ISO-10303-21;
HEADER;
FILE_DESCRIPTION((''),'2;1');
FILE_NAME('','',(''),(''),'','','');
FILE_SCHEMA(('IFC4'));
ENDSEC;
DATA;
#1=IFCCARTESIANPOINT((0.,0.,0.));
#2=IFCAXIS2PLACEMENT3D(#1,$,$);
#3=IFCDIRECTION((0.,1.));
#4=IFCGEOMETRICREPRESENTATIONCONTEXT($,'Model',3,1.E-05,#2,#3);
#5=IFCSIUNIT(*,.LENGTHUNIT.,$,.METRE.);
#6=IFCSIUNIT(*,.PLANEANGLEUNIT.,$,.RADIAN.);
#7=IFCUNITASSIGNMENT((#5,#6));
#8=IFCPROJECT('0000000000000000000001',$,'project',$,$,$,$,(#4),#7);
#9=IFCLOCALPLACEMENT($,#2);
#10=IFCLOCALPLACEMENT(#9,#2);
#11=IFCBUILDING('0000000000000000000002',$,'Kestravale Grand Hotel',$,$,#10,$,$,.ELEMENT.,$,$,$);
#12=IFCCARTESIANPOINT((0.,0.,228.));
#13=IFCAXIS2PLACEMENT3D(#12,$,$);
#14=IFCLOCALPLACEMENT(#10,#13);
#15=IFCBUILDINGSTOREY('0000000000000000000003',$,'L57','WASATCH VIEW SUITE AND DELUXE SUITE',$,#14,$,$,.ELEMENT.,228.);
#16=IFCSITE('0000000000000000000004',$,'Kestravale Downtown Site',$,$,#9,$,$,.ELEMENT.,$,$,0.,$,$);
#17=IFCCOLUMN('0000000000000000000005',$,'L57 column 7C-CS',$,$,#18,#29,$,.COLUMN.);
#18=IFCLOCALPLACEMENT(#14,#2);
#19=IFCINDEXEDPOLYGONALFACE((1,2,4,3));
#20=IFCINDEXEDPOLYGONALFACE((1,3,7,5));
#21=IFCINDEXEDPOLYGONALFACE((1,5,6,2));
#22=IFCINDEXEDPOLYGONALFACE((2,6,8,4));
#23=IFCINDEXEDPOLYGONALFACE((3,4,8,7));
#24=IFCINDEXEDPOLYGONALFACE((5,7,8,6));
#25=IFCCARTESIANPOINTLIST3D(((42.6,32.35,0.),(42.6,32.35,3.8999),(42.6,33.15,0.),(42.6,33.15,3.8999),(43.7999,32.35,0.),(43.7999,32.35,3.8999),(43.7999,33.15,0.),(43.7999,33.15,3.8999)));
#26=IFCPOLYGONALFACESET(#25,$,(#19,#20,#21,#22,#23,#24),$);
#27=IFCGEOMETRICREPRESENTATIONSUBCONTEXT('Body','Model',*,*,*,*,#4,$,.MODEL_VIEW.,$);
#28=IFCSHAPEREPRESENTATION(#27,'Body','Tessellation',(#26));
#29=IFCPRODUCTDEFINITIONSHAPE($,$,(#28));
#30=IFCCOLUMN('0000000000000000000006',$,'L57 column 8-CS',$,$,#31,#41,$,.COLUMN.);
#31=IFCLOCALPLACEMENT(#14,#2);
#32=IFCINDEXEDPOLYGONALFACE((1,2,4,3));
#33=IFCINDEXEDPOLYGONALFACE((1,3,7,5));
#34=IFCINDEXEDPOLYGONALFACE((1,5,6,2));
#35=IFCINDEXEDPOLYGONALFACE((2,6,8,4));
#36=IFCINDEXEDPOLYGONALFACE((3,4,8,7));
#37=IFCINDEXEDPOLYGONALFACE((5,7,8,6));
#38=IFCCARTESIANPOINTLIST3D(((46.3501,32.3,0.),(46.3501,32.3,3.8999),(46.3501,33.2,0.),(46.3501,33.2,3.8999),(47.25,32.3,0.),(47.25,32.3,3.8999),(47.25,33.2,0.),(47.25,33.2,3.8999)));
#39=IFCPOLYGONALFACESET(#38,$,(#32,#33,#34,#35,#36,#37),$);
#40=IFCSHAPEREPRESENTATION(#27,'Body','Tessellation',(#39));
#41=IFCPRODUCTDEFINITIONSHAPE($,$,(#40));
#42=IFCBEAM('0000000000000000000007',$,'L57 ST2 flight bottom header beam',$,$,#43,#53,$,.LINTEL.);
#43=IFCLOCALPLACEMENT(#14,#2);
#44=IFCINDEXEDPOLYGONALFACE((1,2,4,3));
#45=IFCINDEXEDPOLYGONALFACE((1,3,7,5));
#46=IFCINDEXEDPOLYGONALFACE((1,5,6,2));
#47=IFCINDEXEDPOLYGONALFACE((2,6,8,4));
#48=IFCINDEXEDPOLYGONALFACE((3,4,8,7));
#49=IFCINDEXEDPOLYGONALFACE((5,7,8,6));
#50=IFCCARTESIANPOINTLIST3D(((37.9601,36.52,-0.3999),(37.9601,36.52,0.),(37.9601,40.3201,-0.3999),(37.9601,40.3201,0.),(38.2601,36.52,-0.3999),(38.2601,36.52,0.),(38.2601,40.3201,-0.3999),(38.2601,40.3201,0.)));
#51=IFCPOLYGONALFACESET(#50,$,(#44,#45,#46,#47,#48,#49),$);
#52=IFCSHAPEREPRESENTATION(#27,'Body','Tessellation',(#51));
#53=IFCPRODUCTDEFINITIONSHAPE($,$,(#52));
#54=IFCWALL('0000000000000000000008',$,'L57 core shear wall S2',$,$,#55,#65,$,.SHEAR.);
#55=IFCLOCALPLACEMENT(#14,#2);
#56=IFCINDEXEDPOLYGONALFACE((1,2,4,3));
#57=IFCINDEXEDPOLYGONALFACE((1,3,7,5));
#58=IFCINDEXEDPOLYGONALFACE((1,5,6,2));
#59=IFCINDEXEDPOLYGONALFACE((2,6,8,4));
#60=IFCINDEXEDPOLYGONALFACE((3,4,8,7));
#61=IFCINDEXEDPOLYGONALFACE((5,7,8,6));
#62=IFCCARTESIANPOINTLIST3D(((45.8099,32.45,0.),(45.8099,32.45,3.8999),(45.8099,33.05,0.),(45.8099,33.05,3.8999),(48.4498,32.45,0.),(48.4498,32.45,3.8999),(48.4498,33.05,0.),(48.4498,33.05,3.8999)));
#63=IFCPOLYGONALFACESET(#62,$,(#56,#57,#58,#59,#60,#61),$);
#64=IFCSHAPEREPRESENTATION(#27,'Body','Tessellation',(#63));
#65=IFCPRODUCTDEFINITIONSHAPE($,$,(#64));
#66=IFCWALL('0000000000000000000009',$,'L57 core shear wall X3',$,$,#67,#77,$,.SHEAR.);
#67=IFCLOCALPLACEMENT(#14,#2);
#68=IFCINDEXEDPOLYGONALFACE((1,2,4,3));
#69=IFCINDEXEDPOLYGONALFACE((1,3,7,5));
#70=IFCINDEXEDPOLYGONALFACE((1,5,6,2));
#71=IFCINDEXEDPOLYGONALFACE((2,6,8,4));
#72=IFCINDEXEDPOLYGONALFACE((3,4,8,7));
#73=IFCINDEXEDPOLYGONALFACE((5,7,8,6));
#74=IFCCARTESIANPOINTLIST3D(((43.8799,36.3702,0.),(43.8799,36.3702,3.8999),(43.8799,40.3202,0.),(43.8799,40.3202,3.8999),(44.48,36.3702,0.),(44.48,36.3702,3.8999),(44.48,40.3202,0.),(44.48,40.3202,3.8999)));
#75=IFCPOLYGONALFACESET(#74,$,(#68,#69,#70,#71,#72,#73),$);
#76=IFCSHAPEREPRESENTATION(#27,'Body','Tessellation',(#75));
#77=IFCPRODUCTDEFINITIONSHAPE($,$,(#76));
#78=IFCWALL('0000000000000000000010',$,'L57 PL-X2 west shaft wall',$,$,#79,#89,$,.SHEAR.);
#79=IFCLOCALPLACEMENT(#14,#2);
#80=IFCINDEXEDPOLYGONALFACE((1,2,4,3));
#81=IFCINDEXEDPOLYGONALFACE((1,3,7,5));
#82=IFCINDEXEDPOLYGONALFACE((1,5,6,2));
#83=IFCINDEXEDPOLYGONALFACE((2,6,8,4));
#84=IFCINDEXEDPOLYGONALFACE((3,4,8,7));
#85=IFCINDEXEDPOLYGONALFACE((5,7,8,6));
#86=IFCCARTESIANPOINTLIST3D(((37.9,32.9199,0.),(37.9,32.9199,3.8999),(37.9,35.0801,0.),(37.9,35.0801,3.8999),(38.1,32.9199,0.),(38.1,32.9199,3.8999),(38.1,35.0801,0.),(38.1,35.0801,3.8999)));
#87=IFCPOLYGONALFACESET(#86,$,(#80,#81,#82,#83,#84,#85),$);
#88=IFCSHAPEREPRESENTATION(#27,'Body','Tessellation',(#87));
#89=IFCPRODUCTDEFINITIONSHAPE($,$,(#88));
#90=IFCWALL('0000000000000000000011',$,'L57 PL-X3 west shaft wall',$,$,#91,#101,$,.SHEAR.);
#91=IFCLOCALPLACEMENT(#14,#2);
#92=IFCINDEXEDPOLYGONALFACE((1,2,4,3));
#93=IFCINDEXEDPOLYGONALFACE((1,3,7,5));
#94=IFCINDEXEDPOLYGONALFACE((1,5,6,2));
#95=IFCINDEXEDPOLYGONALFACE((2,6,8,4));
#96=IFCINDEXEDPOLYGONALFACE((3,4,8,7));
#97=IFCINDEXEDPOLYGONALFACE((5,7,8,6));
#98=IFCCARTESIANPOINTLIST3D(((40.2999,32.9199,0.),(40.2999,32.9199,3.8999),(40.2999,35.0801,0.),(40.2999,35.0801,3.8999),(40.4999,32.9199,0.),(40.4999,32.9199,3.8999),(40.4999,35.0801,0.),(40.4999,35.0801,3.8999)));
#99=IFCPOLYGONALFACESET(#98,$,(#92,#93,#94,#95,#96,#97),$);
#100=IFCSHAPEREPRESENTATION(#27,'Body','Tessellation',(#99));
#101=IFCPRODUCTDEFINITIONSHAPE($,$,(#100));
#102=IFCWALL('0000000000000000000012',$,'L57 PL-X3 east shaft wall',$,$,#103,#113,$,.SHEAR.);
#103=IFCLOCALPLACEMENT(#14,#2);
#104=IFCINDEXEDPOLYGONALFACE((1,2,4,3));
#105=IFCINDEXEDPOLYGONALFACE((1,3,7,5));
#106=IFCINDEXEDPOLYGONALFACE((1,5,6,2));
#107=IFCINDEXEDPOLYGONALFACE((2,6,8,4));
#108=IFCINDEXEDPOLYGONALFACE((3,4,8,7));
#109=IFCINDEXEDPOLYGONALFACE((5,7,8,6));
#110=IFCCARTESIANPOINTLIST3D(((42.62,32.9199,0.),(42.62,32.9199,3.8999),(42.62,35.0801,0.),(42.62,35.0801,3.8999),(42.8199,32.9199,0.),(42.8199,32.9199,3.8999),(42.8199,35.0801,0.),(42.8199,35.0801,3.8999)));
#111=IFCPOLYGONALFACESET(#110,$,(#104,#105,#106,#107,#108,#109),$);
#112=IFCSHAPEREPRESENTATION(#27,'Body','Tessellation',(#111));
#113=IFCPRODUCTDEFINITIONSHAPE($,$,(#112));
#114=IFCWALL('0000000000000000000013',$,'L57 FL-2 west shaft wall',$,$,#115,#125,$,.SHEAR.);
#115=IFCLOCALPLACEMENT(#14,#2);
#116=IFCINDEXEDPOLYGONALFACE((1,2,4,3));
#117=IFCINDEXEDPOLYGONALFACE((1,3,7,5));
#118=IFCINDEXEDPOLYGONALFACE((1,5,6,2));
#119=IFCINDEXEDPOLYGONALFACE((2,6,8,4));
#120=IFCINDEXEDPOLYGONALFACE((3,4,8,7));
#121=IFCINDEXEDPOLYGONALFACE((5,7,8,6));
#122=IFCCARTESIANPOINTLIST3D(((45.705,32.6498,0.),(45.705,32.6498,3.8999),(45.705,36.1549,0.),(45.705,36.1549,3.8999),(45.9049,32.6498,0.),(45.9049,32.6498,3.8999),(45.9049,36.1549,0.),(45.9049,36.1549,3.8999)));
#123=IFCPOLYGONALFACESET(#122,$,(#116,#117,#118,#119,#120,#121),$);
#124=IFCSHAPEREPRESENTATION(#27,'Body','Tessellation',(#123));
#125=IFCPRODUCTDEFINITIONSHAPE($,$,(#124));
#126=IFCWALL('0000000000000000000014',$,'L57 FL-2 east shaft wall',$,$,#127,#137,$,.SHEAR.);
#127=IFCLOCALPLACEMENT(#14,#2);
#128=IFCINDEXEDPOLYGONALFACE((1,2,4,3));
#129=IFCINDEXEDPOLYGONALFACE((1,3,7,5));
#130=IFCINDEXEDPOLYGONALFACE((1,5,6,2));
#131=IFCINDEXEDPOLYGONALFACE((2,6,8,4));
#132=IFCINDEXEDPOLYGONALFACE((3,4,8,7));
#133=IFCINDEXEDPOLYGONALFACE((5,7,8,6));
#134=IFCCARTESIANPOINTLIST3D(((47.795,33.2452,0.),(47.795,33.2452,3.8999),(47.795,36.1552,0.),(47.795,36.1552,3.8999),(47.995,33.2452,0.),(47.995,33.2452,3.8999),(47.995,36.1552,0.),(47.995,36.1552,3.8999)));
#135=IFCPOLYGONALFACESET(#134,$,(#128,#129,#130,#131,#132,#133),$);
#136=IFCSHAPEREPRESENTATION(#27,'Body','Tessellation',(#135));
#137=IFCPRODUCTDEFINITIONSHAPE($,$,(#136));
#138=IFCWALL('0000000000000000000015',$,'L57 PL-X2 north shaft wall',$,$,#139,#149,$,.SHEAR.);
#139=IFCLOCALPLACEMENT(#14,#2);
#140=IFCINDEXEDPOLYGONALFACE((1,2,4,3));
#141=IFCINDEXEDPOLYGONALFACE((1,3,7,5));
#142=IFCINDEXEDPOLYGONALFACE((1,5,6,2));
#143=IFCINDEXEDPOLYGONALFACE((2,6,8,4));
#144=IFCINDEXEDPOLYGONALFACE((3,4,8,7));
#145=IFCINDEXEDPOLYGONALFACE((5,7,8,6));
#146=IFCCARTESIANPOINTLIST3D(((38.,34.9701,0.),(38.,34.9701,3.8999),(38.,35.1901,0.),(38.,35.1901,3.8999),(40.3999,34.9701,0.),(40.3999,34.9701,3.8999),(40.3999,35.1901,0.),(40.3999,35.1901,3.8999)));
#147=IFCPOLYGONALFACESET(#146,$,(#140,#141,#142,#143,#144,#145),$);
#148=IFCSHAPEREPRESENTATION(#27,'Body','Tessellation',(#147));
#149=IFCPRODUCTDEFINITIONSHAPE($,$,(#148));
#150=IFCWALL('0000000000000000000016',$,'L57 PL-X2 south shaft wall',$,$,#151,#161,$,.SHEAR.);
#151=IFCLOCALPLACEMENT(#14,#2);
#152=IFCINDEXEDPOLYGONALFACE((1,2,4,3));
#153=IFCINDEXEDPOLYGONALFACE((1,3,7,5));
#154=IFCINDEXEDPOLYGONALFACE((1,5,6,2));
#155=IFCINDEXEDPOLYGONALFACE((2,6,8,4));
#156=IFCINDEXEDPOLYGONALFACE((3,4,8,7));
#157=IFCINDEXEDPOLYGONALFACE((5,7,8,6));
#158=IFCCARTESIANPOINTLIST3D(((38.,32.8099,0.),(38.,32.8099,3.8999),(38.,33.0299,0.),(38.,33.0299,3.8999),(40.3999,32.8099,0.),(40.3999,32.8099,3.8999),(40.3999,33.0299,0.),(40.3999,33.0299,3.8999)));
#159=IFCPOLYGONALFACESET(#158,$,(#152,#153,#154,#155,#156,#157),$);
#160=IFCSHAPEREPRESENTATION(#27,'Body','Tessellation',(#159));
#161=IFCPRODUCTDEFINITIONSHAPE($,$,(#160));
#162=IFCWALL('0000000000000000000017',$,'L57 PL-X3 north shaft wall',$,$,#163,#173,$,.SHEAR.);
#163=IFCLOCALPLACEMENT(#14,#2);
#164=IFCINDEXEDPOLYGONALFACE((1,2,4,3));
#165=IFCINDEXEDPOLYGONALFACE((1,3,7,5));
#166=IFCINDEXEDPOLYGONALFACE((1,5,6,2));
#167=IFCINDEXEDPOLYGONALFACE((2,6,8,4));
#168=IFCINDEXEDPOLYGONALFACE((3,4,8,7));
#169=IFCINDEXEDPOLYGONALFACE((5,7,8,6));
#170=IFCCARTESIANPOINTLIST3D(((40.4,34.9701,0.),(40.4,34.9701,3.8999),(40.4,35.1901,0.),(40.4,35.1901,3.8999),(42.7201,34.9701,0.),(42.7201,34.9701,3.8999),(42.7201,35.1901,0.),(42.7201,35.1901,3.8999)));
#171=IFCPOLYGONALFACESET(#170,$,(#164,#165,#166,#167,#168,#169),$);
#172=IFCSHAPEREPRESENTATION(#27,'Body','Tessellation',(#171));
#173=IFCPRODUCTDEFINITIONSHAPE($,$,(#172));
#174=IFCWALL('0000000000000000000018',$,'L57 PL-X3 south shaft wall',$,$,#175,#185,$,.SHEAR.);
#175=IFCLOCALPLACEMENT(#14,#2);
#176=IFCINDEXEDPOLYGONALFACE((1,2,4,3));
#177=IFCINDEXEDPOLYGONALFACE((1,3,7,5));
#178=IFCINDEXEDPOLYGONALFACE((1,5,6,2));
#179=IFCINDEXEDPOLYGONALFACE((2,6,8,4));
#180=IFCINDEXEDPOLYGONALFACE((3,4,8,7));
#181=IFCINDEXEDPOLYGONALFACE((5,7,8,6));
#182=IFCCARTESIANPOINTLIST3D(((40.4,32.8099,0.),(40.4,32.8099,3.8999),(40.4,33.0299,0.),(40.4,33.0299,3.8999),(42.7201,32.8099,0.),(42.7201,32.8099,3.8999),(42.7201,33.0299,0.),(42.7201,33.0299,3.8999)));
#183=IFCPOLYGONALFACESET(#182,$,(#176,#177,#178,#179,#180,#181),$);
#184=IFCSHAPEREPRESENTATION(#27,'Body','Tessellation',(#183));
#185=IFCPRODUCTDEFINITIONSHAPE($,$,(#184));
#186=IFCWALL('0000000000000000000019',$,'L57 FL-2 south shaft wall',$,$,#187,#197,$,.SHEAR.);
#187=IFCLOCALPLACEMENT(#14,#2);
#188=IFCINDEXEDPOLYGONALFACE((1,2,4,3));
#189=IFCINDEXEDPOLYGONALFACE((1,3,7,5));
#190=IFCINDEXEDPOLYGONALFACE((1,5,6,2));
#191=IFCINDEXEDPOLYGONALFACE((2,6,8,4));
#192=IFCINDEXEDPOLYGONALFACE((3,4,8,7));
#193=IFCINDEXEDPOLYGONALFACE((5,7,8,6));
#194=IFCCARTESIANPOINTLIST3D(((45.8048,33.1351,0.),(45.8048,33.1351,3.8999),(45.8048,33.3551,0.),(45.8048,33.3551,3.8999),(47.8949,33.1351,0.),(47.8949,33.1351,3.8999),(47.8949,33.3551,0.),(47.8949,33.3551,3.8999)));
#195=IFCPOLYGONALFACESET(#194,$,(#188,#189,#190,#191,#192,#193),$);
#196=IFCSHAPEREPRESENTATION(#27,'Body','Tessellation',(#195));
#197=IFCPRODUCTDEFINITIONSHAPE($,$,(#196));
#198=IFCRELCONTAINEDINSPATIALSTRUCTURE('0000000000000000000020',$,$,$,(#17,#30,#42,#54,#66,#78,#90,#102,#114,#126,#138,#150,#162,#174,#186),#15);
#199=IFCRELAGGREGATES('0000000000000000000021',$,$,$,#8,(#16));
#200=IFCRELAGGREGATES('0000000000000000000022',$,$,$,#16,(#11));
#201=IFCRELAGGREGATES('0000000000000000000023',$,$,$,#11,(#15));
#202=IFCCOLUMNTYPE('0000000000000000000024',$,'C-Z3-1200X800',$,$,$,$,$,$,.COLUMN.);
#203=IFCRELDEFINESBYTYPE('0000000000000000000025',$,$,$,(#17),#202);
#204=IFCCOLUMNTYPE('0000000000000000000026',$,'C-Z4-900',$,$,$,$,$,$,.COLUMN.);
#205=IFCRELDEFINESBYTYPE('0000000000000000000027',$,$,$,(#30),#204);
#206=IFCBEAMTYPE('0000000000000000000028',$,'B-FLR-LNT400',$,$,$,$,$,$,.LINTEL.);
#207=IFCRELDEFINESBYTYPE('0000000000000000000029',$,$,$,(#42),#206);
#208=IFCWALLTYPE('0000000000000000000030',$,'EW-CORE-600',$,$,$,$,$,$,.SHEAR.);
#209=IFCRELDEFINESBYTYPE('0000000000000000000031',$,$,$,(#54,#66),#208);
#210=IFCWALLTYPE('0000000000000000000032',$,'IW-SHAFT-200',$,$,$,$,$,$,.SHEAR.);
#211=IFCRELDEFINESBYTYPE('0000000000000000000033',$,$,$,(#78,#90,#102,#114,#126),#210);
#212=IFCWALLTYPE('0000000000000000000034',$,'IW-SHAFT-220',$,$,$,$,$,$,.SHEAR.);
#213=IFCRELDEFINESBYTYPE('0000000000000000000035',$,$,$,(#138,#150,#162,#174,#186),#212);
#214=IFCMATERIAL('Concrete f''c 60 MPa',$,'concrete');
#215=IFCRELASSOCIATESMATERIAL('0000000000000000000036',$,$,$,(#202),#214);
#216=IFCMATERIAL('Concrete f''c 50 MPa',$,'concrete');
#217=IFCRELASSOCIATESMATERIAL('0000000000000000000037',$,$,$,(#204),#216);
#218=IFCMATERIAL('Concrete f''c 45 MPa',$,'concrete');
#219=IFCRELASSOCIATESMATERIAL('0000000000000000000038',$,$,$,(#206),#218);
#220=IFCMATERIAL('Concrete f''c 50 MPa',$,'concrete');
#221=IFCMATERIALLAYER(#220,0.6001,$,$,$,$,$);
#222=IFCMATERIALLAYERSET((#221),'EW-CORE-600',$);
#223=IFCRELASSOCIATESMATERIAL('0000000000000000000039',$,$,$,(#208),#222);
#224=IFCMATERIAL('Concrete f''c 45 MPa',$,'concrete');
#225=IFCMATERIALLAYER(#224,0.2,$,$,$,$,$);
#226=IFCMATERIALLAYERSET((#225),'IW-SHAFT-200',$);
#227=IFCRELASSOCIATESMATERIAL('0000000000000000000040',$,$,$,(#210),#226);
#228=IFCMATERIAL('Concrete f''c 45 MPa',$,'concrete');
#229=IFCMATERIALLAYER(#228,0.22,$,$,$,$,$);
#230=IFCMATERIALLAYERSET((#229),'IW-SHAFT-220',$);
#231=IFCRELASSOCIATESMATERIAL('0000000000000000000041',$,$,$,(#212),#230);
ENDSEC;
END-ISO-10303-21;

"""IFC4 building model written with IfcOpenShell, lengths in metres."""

from ifc_helpers import new_model, si_unit, direction, frame, frame_2d, origin, origin_2d, place, context, subcontext, project, spatial, rectangle, extrude, material, layer, layer_set, material_profile, profile_set, type_object, element, save


model = new_model("IFC4")

# Units and contexts
model_context = context("Model", 3, precision=1e-05, world=origin(), true_north=direction((0.0, 1.0)))
body_context = subcontext(model_context, "Body", "Model", "MODEL_VIEW")
ifc_project = project(units=[si_unit("LENGTHUNIT", "METRE"), si_unit("PLANEANGLEUNIT", "RADIAN")], contexts=[model_context])

# Site, building, storey
site_placement = place(None, origin())
site = spatial("IfcSite", under=ifc_project, at=site_placement, Name="Kestravale Downtown Site", CompositionType="ELEMENT", RefElevation=0.0)
building_placement = place(site_placement, origin())
building = spatial("IfcBuilding", under=site, at=building_placement, Name="Kestravale Grand Hotel", CompositionType="ELEMENT")
storey_placement = place(building_placement, frame((0.0, 0.0, 228.0)))
storey = spatial("IfcBuildingStorey", under=building, at=storey_placement, Name="L57", Description="WASATCH VIEW SUITE AND DELUXE SUITE", CompositionType="ELEMENT", Elevation=228.0)

# Columns
ifc_material_1 = material(Name="Concrete f'c 60 MPa", Category="concrete")
ifc_material_profile_1 = material_profile(ifc_material_1, rectangle(XDim=1.2, YDim=0.8, at=origin_2d()))
ifc_profile_set_1 = profile_set([ifc_material_profile_1], Name="Concrete f'c 60 MPa")
column_type_1 = type_object("IfcColumnType", Name="C-Z3-1200X800", PredefinedType="COLUMN", material=ifc_profile_set_1)
column_1_placement = place(storey_placement, frame((43.2, 32.75, 0.0), z_axis=(0.0, 0.0, 1.0), x_axis=(1.0, 0.0, 0.0)))
element("IfcColumn", 1, at=column_1_placement, inside=storey, type_object=column_type_1, Name="L57 column 7C-CS", PredefinedType="COLUMN", context=body_context, shape_type="SweptSolid", body=[
    extrude(rectangle(XDim=1.2, YDim=0.8, at=origin_2d()), origin(), (0.0, 0.0, 1.0), 3.8999),
])
ifc_material_2 = material(Name="Concrete f'c 50 MPa", Category="concrete")
ifc_material_profile_2 = material_profile(ifc_material_2, rectangle(XDim=0.8999, YDim=0.8999, at=origin_2d()))
ifc_profile_set_2 = profile_set([ifc_material_profile_2], Name="Concrete f'c 50 MPa")
column_type_2 = type_object("IfcColumnType", Name="C-Z4-900", PredefinedType="COLUMN", material=ifc_profile_set_2)
column_2_placement = place(storey_placement, frame((46.8, 32.75, 0.0), z_axis=(0.0, 0.0, 1.0), x_axis=(1.0, 0.0, 0.0)))
element("IfcColumn", 2, at=column_2_placement, inside=storey, type_object=column_type_2, Name="L57 column 8-CS", PredefinedType="COLUMN", context=body_context, shape_type="SweptSolid", body=[
    extrude(rectangle(XDim=0.8999, YDim=0.8999, at=origin_2d()), origin(), (0.0, 0.0, 1.0), 3.8999),
])

# Beam
ifc_material_3 = material(Name="Concrete f'c 45 MPa", Category="concrete")
ifc_material_profile_3 = material_profile(ifc_material_3, rectangle(XDim=0.3, YDim=0.3999, at=origin_2d()))
ifc_profile_set_3 = profile_set([ifc_material_profile_3], Name="Concrete f'c 45 MPa")
beam_type = type_object("IfcBeamType", Name="B-FLR-LNT400", PredefinedType="LINTEL", material=ifc_profile_set_3)
beam_placement = place(storey_placement, frame((38.1101, 36.52, -0.2), z_axis=(0.0, 1.0, 0.0), x_axis=(-1.0, 0.0, 0.0)))
element("IfcBeam", 3, at=beam_placement, inside=storey, type_object=beam_type, Name="L57 ST2 flight bottom header beam", PredefinedType="LINTEL", context=body_context, shape_type="SweptSolid", body=[
    extrude(rectangle(XDim=0.3, YDim=0.3999, at=origin_2d()), origin(), (0.0, 0.0, 1.0), 3.8),
])

# Walls
ifc_material_4 = material(Name="Concrete f'c 50 MPa", Category="concrete")
ifc_layer_1 = layer(ifc_material_4, 0.6001)
ifc_layer_set_1 = layer_set([ifc_layer_1], Name="EW-CORE-600")
wall_type_1 = type_object("IfcWallType", Name="EW-CORE-600", PredefinedType="SHEAR", material=ifc_layer_set_1)
wall_1_placement = place(storey_placement, frame((45.8101, 32.75, 0.0), z_axis=(0.0, 0.0, 1.0), x_axis=(1.0, 0.0, 0.0)))
element("IfcWall", 4, at=wall_1_placement, inside=storey, type_object=wall_type_1, Name="L57 core shear wall S2", PredefinedType="SHEAR", context=body_context, shape_type="SweptSolid", body=[
    extrude(rectangle(XDim=2.6399, YDim=0.6001, at=frame_2d((1.3198, 0.0))), origin(), (0.0, 0.0, 1.0), 3.8999),
])
wall_2_placement = place(storey_placement, frame((44.1799, 36.3701, 0.0), z_axis=(0.0, 0.0, 1.0), x_axis=(0.0, 1.0, 0.0)))
element("IfcWall", 5, at=wall_2_placement, inside=storey, type_object=wall_type_1, Name="L57 core shear wall X3", PredefinedType="SHEAR", context=body_context, shape_type="SweptSolid", body=[
    extrude(rectangle(XDim=3.95, YDim=0.6001, at=frame_2d((1.9751, 0.0))), origin(), (0.0, 0.0, 1.0), 3.8999),
])

# Walls
ifc_material_5 = material(Name="Concrete f'c 45 MPa", Category="concrete")
ifc_layer_2 = layer(ifc_material_5, 0.2)
ifc_layer_set_2 = layer_set([ifc_layer_2], Name="IW-SHAFT-200")
wall_type_2 = type_object("IfcWallType", Name="IW-SHAFT-200", PredefinedType="SHEAR", material=ifc_layer_set_2)
for number, where, z_axis, x_axis, name in (
    (6, (38.0, 32.9199, 0.0), (0.0, 0.0, 1.0), (0.0, 1.0, 0.0), "L57 PL-X2 west shaft wall"),
    (7, (40.3999, 32.9199, 0.0), (0.0, 0.0, 1.0), (0.0, 1.0, 0.0), "L57 PL-X3 west shaft wall"),
    (8, (42.72, 32.9199, 0.0), (0.0, 0.0, 1.0), (0.0, 1.0, 0.0), "L57 PL-X3 east shaft wall"),
):
    element("IfcWall", number, at=place(storey_placement, frame(where, z_axis=z_axis, x_axis=x_axis)), inside=storey, type_object=wall_type_2, Name=name, PredefinedType="SHEAR", context=body_context, shape_type="SweptSolid", body=[
        extrude(rectangle(XDim=2.1602, YDim=0.2, at=frame_2d((1.0801, 0.0))), origin(), (0.0, 0.0, 1.0), 3.8999),
    ])
wall_3_placement = place(storey_placement, frame((45.8049, 32.6499, 0.0), z_axis=(0.0, 0.0, 1.0), x_axis=(0.0, 1.0, 0.0)))
element("IfcWall", 9, at=wall_3_placement, inside=storey, type_object=wall_type_2, Name="L57 FL-2 west shaft wall", PredefinedType="SHEAR", context=body_context, shape_type="SweptSolid", body=[
    extrude(rectangle(XDim=3.5051, YDim=0.2, at=frame_2d((1.7524, 0.0))), origin(), (0.0, 0.0, 1.0), 3.8999),
])
wall_4_placement = place(storey_placement, frame((47.895, 33.2451, 0.0), z_axis=(0.0, 0.0, 1.0), x_axis=(0.0, 1.0, 0.0)))
element("IfcWall", 10, at=wall_4_placement, inside=storey, type_object=wall_type_2, Name="L57 FL-2 east shaft wall", PredefinedType="SHEAR", context=body_context, shape_type="SweptSolid", body=[
    extrude(rectangle(XDim=2.9099, YDim=0.2, at=frame_2d((1.4551, 0.0))), origin(), (0.0, 0.0, 1.0), 3.8999),
])

# Shared definitions
ifc_material_6 = material(Name="Concrete f'c 45 MPa", Category="concrete")
ifc_layer_3 = layer(ifc_material_6, 0.22)
ifc_layer_set_3 = layer_set([ifc_layer_3], Name="IW-SHAFT-220")
wall_type_3 = type_object("IfcWallType", Name="IW-SHAFT-220", PredefinedType="SHEAR", material=ifc_layer_set_3)

# Walls
for number, where, z_axis, x_axis, name in (
    (11, (38.0, 35.0801, 0.0), (0.0, 0.0, 1.0), (1.0, 0.0, 0.0), "L57 PL-X2 north shaft wall"),
    (12, (38.0, 32.9199, 0.0), (0.0, 0.0, 1.0), (1.0, 0.0, 0.0), "L57 PL-X2 south shaft wall"),
):
    element("IfcWall", number, at=place(storey_placement, frame(where, z_axis=z_axis, x_axis=x_axis)), inside=storey, type_object=wall_type_3, Name=name, PredefinedType="SHEAR", context=body_context, shape_type="SweptSolid", body=[
        extrude(rectangle(XDim=2.3999, YDim=0.22, at=frame_2d((1.2, 0.0))), origin(), (0.0, 0.0, 1.0), 3.8999),
    ])
for number, where, z_axis, x_axis, name in (
    (13, (40.3999, 35.0801, 0.0), (0.0, 0.0, 1.0), (1.0, 0.0, 0.0), "L57 PL-X3 north shaft wall"),
    (14, (40.3999, 32.9199, 0.0), (0.0, 0.0, 1.0), (1.0, 0.0, 0.0), "L57 PL-X3 south shaft wall"),
):
    element("IfcWall", number, at=place(storey_placement, frame(where, z_axis=z_axis, x_axis=x_axis)), inside=storey, type_object=wall_type_3, Name=name, PredefinedType="SHEAR", context=body_context, shape_type="SweptSolid", body=[
        extrude(rectangle(XDim=2.3201, YDim=0.22, at=frame_2d((1.1602, 0.0))), origin(), (0.0, 0.0, 1.0), 3.8999),
    ])

# Wall
wall_5_placement = place(storey_placement, frame((45.8049, 33.2451, 0.0), z_axis=(0.0, 0.0, 1.0), x_axis=(1.0, 0.0, 0.0)))
element("IfcWall", 15, at=wall_5_placement, inside=storey, type_object=wall_type_3, Name="L57 FL-2 south shaft wall", PredefinedType="SHEAR", context=body_context, shape_type="SweptSolid", body=[
    extrude(rectangle(XDim=2.0901, YDim=0.22, at=frame_2d((1.0449, 0.0))), origin(), (0.0, 0.0, 1.0), 3.8999),
])

save(model, "model.ifc")
